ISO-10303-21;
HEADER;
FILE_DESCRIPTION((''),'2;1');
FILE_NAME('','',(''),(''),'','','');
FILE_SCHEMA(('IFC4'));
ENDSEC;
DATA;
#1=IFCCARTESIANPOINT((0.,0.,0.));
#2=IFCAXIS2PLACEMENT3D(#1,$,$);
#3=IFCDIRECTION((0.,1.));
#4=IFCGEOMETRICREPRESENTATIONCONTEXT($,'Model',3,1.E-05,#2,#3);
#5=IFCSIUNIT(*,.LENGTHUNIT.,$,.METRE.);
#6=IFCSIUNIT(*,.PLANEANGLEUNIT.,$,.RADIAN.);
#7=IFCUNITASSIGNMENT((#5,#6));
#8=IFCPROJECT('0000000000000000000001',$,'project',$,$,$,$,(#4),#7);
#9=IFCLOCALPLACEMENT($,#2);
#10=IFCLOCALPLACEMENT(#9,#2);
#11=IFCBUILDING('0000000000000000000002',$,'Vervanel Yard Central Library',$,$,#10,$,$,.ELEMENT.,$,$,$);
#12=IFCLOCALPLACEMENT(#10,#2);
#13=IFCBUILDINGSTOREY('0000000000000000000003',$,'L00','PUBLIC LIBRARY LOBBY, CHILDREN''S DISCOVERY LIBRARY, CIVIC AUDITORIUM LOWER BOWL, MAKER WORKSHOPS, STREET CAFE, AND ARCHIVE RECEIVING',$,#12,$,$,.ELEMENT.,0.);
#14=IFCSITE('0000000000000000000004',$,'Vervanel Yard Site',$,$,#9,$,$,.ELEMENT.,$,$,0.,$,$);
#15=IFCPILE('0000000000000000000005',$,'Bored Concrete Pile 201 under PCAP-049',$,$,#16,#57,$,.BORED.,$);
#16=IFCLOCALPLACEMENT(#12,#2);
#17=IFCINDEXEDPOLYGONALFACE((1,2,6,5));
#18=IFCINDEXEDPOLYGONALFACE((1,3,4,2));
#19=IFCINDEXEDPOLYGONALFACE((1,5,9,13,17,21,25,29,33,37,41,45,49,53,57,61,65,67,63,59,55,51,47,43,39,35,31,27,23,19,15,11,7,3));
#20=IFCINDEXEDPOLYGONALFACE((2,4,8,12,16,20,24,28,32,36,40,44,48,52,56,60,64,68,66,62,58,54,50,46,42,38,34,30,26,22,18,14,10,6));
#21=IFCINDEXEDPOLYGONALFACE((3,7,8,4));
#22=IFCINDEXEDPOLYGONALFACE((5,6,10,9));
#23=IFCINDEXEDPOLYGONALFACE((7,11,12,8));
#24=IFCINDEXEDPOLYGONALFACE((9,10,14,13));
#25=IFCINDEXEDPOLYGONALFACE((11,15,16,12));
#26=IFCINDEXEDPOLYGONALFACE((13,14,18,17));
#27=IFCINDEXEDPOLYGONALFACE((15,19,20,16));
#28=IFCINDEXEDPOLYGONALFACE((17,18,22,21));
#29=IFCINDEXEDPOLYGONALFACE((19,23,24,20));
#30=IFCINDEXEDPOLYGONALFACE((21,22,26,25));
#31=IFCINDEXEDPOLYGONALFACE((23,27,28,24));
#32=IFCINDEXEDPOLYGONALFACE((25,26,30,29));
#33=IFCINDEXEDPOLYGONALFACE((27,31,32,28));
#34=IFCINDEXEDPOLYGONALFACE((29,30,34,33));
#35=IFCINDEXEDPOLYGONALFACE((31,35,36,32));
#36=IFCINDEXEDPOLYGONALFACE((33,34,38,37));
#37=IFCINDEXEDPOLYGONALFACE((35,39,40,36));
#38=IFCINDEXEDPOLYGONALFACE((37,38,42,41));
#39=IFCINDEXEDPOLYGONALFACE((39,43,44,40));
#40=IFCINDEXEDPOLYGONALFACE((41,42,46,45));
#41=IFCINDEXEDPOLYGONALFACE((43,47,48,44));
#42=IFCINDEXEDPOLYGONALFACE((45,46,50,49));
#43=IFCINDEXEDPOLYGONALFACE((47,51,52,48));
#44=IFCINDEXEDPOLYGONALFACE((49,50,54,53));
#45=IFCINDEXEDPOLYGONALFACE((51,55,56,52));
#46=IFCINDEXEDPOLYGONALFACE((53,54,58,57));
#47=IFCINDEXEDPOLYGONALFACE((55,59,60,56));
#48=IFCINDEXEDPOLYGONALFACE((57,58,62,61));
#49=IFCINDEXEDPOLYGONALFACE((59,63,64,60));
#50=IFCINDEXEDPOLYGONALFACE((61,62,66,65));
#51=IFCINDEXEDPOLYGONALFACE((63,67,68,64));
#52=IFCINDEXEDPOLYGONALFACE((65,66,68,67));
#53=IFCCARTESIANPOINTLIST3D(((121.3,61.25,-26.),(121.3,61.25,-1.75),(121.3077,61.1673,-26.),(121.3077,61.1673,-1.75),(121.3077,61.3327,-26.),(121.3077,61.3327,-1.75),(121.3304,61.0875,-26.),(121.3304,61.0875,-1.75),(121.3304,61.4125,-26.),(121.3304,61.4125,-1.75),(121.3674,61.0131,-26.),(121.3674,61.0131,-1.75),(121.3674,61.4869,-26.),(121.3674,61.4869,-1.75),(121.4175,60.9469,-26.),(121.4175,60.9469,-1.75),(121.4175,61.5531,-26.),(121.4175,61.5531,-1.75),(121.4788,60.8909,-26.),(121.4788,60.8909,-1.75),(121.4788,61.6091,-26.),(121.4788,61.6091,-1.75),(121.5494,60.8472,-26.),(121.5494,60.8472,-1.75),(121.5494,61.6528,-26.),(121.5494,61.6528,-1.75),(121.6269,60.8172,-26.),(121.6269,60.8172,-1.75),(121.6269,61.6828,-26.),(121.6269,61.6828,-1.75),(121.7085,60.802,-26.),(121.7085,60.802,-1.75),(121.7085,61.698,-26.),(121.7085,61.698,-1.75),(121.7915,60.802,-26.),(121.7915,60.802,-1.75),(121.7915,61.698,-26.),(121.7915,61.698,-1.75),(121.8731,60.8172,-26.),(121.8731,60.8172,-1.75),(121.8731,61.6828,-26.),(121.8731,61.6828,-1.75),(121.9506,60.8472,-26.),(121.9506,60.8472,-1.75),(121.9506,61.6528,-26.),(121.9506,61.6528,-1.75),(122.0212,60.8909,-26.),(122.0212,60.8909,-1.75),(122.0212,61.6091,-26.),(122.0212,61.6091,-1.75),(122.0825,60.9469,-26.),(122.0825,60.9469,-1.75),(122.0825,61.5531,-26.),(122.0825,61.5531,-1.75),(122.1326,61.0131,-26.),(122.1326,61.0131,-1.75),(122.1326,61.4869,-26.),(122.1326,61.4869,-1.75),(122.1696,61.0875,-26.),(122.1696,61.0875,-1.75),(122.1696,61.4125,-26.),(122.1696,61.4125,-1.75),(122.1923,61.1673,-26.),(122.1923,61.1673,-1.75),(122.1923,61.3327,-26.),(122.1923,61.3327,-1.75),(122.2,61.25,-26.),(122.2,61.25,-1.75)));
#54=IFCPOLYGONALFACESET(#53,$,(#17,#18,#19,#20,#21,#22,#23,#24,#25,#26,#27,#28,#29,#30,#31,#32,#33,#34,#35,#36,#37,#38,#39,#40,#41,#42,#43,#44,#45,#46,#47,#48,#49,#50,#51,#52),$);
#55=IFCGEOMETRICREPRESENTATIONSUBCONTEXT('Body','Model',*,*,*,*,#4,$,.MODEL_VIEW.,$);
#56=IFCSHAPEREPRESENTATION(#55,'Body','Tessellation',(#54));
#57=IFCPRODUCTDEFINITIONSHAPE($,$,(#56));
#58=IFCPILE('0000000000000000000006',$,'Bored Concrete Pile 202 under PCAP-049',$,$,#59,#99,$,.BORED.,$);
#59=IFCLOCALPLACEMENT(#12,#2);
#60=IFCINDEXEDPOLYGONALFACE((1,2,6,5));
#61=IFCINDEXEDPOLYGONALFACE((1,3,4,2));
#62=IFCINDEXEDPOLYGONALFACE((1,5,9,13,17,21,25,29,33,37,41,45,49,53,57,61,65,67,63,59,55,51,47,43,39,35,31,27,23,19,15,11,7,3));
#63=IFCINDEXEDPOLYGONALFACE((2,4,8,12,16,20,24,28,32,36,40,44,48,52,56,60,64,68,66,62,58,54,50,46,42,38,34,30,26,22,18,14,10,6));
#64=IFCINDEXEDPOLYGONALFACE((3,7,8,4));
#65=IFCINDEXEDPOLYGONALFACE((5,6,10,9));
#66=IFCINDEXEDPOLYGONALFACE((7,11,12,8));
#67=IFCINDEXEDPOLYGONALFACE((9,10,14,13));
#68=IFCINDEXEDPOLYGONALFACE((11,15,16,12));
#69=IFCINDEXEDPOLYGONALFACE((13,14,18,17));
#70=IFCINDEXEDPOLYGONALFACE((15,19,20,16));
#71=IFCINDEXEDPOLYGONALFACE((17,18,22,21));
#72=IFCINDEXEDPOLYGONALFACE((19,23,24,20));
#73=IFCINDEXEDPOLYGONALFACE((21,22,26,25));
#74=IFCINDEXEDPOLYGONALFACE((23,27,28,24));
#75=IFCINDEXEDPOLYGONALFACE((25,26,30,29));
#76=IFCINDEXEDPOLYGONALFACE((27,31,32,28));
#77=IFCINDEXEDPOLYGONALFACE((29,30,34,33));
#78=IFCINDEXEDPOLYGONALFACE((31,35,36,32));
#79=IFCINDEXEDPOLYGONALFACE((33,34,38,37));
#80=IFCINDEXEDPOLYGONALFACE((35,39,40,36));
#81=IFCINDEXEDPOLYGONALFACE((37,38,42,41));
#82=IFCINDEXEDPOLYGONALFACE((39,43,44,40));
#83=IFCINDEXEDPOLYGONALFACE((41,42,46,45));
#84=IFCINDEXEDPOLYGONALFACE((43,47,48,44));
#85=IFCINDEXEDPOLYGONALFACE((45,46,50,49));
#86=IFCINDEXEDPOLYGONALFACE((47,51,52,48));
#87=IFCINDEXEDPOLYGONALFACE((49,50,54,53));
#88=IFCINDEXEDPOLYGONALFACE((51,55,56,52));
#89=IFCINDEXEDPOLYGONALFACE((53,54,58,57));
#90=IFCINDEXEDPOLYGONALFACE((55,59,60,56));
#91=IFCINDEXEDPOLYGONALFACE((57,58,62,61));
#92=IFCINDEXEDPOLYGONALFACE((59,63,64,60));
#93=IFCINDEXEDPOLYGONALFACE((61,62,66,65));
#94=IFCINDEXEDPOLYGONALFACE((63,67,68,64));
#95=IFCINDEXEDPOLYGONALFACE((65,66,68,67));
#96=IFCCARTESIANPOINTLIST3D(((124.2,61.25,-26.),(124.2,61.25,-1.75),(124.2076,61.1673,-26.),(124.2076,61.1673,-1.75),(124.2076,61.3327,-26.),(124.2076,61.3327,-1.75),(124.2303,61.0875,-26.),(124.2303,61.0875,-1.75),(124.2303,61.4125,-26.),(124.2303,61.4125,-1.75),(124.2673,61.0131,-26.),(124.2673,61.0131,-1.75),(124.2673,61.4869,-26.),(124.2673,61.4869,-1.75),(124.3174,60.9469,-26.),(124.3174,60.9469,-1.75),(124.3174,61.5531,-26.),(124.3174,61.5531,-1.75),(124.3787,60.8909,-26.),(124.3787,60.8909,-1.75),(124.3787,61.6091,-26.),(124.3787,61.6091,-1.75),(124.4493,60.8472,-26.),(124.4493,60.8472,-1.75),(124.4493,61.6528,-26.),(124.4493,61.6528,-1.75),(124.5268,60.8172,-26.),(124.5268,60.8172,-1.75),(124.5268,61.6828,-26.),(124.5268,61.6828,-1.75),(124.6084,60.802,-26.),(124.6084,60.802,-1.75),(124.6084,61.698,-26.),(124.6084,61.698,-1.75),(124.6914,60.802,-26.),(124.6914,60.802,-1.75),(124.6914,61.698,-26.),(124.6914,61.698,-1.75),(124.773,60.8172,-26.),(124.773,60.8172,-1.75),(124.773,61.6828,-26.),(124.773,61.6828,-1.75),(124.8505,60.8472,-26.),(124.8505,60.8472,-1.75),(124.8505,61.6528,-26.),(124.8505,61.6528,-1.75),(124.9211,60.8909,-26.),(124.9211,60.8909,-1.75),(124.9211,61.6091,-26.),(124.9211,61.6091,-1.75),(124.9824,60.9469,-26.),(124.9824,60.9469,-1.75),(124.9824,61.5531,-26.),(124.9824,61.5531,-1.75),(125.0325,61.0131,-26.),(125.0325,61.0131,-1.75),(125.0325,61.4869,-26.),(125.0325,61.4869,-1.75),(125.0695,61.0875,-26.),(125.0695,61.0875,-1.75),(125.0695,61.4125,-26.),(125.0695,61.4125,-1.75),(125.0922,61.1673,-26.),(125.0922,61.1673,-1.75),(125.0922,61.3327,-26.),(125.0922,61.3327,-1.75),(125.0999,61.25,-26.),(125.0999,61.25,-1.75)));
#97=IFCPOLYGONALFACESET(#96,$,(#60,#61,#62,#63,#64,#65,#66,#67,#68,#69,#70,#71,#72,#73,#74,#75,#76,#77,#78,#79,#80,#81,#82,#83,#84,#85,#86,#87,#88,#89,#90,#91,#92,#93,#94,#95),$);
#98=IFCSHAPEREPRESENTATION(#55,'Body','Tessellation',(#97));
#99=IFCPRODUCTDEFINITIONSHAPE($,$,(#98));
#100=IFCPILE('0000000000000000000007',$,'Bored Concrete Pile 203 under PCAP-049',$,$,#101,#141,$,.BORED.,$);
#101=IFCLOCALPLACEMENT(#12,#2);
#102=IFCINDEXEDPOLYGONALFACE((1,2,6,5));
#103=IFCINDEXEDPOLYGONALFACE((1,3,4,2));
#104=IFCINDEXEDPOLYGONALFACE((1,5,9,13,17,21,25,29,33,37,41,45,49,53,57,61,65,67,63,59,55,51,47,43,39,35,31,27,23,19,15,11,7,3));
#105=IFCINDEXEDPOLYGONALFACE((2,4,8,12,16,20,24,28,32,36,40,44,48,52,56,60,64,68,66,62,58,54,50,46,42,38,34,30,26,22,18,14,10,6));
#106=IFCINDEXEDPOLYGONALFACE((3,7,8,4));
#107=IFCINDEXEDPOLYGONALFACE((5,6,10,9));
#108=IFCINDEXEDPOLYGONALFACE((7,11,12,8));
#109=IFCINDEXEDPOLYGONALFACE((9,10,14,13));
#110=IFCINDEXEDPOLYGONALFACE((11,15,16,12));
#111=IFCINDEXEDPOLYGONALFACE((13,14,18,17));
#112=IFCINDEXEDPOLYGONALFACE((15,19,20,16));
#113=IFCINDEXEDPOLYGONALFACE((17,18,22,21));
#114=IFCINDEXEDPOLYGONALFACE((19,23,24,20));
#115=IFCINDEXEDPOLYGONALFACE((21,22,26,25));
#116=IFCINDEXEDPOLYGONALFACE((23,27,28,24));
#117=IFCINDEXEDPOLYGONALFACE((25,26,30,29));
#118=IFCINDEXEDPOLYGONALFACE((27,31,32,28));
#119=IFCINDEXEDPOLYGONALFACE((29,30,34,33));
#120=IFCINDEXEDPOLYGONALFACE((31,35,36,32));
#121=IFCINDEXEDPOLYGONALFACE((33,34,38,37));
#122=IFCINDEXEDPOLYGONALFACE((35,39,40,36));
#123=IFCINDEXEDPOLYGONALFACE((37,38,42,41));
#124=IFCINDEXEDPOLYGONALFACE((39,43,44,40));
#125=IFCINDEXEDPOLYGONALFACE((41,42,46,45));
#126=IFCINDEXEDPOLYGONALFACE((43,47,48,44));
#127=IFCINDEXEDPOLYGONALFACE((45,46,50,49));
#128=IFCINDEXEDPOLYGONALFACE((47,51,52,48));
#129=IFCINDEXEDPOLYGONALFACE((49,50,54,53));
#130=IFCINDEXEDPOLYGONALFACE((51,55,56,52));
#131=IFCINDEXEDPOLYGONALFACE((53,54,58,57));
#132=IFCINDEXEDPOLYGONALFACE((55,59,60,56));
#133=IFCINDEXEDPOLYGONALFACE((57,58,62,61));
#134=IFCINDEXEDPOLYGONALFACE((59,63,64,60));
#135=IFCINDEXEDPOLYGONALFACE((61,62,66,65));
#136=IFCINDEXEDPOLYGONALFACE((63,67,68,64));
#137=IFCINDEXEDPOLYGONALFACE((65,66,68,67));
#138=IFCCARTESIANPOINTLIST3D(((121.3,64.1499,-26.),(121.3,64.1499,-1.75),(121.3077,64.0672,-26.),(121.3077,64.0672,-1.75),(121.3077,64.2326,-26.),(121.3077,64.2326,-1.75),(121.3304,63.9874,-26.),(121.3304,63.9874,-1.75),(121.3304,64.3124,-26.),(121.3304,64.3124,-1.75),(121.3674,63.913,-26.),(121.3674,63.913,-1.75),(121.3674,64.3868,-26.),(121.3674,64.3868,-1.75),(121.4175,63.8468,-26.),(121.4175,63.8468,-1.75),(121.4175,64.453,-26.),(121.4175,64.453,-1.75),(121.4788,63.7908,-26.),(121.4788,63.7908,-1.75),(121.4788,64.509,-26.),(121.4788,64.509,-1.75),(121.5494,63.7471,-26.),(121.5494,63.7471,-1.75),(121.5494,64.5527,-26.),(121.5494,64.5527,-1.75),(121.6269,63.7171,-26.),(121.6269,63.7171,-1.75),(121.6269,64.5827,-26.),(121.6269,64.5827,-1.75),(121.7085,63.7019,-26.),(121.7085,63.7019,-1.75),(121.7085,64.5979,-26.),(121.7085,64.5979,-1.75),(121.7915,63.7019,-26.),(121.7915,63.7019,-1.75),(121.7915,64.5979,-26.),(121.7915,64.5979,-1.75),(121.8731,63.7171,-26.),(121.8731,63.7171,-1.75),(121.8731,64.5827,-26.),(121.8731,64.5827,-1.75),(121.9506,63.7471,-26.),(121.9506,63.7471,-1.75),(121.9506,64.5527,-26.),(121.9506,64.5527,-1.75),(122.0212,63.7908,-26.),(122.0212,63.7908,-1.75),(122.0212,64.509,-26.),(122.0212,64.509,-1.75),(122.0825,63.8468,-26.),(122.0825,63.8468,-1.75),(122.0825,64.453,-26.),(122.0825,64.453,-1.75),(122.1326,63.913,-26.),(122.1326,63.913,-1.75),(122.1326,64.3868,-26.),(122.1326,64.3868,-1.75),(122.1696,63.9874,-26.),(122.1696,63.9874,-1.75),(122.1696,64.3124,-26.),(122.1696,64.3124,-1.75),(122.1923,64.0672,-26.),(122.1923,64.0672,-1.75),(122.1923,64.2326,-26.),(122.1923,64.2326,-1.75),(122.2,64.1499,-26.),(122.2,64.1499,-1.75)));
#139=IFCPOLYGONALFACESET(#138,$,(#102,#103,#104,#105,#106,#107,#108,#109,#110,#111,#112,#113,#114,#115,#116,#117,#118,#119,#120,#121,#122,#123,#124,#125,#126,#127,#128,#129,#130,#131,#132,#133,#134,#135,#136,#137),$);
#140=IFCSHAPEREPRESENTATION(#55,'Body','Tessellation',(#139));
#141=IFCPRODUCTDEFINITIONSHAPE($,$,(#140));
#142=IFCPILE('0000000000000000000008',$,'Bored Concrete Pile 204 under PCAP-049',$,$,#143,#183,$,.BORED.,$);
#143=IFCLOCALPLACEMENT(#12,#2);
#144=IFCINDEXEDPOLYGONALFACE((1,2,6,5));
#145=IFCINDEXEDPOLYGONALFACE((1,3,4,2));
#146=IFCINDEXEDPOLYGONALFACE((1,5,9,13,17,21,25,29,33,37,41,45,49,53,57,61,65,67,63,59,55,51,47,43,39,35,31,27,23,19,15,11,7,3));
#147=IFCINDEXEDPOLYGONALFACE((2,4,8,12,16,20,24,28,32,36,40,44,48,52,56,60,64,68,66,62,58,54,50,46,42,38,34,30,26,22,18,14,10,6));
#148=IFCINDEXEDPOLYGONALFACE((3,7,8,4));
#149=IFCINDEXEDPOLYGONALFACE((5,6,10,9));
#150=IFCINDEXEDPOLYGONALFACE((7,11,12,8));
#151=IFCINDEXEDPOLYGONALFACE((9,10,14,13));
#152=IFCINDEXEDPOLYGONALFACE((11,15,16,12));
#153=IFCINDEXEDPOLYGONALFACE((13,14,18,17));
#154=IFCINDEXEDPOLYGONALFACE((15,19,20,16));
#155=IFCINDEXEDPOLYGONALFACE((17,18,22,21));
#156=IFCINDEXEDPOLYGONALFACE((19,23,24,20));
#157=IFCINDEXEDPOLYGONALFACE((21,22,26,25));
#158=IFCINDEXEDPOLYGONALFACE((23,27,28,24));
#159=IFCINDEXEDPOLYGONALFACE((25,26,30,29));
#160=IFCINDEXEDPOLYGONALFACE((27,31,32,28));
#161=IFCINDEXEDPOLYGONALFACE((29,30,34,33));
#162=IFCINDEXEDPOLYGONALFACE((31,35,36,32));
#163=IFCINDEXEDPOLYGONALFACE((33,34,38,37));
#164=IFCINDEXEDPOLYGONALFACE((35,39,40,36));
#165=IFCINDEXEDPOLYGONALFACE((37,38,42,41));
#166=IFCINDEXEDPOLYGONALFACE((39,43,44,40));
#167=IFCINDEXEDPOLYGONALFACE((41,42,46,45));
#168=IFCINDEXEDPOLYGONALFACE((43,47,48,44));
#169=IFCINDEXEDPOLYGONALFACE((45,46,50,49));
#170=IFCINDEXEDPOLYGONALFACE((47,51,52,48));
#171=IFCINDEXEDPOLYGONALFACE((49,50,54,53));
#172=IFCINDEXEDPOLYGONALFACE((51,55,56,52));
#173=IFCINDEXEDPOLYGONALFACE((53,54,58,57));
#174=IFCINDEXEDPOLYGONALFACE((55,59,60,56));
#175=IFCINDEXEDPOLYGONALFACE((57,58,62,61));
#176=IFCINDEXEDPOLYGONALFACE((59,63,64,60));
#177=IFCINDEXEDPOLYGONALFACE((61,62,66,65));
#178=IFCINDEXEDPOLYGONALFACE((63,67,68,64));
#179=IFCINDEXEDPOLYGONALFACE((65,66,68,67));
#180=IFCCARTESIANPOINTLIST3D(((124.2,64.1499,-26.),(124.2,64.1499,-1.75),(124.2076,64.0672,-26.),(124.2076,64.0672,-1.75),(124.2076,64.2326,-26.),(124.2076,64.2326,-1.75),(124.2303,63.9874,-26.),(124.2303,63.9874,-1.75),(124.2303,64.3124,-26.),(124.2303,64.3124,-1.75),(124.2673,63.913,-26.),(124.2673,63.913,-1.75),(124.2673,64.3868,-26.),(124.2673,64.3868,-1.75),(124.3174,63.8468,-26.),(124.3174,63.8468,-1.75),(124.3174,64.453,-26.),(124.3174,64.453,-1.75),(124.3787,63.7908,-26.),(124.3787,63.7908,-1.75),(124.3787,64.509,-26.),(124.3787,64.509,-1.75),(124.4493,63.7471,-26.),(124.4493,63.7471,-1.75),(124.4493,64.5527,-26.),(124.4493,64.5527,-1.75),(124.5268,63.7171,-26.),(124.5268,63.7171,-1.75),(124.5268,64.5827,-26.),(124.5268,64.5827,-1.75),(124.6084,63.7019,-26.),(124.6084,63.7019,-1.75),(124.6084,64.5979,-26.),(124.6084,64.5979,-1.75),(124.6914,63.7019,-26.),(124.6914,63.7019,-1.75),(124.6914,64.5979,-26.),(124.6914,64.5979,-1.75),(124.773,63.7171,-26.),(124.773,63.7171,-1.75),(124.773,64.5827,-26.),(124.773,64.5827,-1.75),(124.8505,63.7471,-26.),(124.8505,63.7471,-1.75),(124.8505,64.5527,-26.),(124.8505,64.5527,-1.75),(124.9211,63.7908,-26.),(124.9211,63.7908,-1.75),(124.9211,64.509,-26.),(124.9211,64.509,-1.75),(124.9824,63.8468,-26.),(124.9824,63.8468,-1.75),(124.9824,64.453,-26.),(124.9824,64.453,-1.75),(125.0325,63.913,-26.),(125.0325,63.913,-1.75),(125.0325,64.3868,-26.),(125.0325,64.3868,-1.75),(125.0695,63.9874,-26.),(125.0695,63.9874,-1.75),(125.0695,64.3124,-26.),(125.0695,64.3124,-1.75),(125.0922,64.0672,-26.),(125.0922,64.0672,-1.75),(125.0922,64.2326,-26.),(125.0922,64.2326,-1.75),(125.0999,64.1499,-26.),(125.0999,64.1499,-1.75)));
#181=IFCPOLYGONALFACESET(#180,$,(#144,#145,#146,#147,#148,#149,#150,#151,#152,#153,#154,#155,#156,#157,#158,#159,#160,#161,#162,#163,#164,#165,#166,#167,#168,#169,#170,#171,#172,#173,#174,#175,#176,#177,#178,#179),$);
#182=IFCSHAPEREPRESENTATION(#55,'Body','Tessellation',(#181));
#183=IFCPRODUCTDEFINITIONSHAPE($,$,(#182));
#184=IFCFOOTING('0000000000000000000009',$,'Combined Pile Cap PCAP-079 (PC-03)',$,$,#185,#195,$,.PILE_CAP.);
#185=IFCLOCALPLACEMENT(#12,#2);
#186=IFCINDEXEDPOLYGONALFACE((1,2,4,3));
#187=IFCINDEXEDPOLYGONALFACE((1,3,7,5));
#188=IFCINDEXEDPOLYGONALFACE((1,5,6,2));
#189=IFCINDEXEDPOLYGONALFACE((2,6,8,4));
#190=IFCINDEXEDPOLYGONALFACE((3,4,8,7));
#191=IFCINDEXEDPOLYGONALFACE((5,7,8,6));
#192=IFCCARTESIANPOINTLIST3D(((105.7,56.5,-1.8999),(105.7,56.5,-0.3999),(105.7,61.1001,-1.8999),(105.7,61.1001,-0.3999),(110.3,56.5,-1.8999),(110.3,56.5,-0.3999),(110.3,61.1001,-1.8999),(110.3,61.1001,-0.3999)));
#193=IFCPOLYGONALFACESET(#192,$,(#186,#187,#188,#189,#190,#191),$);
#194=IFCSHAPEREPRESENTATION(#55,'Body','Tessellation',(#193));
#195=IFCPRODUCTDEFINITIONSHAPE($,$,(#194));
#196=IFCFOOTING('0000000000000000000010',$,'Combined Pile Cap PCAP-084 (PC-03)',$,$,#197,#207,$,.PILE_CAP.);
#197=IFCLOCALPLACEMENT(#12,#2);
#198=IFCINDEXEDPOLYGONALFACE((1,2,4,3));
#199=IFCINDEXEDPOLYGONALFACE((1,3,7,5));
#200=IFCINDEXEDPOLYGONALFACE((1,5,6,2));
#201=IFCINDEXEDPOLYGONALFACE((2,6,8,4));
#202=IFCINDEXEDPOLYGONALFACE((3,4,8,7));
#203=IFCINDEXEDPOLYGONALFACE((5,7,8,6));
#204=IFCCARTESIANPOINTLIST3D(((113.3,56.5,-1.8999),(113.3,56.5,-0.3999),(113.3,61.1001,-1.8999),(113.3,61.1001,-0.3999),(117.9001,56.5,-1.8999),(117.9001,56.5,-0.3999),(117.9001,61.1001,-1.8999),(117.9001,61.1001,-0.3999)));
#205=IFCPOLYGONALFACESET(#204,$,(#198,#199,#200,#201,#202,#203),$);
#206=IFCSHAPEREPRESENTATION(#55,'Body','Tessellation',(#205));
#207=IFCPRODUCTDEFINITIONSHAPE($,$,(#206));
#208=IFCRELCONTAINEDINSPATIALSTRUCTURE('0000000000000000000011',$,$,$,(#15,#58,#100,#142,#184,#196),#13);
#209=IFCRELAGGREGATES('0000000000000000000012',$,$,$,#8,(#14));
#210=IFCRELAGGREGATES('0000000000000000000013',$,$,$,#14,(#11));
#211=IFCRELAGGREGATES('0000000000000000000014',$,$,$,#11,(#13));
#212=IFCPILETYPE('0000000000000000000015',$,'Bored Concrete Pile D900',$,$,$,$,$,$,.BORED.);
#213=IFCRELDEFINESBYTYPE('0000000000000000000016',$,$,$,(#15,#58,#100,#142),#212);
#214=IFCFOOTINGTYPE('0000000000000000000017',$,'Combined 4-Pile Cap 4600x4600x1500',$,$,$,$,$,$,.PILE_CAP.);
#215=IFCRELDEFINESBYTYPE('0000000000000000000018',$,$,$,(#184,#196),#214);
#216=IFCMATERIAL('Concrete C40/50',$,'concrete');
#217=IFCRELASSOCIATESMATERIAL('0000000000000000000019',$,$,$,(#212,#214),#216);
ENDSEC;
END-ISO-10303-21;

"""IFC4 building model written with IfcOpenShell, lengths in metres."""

from ifc_helpers import new_model, si_unit, direction, frame, origin, origin_2d, place, context, subcontext, project, spatial, rectangle, circle, extrude, material, material_profile, profile_set, type_object, element, save


model = new_model("IFC4")

# Units and contexts
model_context = context("Model", 3, precision=1e-05, world=origin(), true_north=direction((0.0, 1.0)))
body_context = subcontext(model_context, "Body", "Model", "MODEL_VIEW")
ifc_project = project(units=[si_unit("LENGTHUNIT", "METRE"), si_unit("PLANEANGLEUNIT", "RADIAN")], contexts=[model_context])

# Site, building, storey
site_placement = place(None, origin())
site = spatial("IfcSite", under=ifc_project, at=site_placement, Name="Vervanel Yard Site", CompositionType="ELEMENT", RefElevation=0.0)
building_placement = place(site_placement, origin())
building = spatial("IfcBuilding", under=site, at=building_placement, Name="Vervanel Yard Central Library", CompositionType="ELEMENT")
storey_placement = place(building_placement, origin())
storey = spatial("IfcBuildingStorey", under=building, at=storey_placement, Name="L00", Description="PUBLIC LIBRARY LOBBY, CHILDREN'S DISCOVERY LIBRARY, CIVIC AUDITORIUM LOWER BOWL, MAKER WORKSHOPS, STREET CAFE, AND ARCHIVE RECEIVING", CompositionType="ELEMENT", Elevation=0.0)

# Piles
ifc_material_1 = material(Name="Concrete C40/50", Category="concrete")
ifc_material_profile_1 = material_profile(ifc_material_1, circle(Radius=0.45, at=origin_2d()), Name="BP D900", Category="concrete")
ifc_profile_set_1 = profile_set([ifc_material_profile_1], Name="Concrete C40/50")
pile_type_1 = type_object("IfcPileType", Name="Bored Concrete Pile D900", PredefinedType="BORED", material=ifc_profile_set_1)
for number, where, z_axis, x_axis, name in (
    (1, (121.75, 61.25, -1.75), (0.0, 0.0, -1.0), (1.0, 0.0, 0.0), "Bored Concrete Pile 201 under PCAP-049"),
    (2, (124.6499, 61.25, -1.75), (0.0, 0.0, -1.0), (1.0, 0.0, 0.0), "Bored Concrete Pile 202 under PCAP-049"),
    (3, (121.75, 64.1499, -1.75), (0.0, 0.0, -1.0), (1.0, 0.0, 0.0), "Bored Concrete Pile 203 under PCAP-049"),
    (4, (124.6499, 64.1499, -1.75), (0.0, 0.0, -1.0), (1.0, 0.0, 0.0), "Bored Concrete Pile 204 under PCAP-049"),
):
    element("IfcPile", number, at=place(storey_placement, frame(where, z_axis=z_axis, x_axis=x_axis)), inside=storey, type_object=pile_type_1, Name=name, PredefinedType="BORED", context=body_context, shape_type="SweptSolid", body=[
        extrude(circle(Radius=0.45, at=origin_2d()), origin(), (0.0, 0.0, 1.0), 24.25),
    ])

# Footings
footing_type_1 = type_object("IfcFootingType", Name="Combined 4-Pile Cap 4600x4600x1500", PredefinedType="PILE_CAP", material=ifc_material_1)
for number, where, z_axis, x_axis, name in (
    (5, (108.0, 58.8, -1.8999), (0.0, 0.0, 1.0), (1.0, 0.0, 0.0), "Combined Pile Cap PCAP-079 (PC-03)"),
    (6, (115.6001, 58.8, -1.8999), (0.0, 0.0, 1.0), (1.0, 0.0, 0.0), "Combined Pile Cap PCAP-084 (PC-03)"),
):
    element("IfcFooting", number, at=place(storey_placement, frame(where, z_axis=z_axis, x_axis=x_axis)), inside=storey, type_object=footing_type_1, Name=name, PredefinedType="PILE_CAP", context=body_context, shape_type="SweptSolid", body=[
        extrude(rectangle(XDim=4.6001, YDim=4.6001, at=origin_2d()), origin(), (0.0, 0.0, 1.0), 1.5),
    ])

save(model, "model.ifc")
